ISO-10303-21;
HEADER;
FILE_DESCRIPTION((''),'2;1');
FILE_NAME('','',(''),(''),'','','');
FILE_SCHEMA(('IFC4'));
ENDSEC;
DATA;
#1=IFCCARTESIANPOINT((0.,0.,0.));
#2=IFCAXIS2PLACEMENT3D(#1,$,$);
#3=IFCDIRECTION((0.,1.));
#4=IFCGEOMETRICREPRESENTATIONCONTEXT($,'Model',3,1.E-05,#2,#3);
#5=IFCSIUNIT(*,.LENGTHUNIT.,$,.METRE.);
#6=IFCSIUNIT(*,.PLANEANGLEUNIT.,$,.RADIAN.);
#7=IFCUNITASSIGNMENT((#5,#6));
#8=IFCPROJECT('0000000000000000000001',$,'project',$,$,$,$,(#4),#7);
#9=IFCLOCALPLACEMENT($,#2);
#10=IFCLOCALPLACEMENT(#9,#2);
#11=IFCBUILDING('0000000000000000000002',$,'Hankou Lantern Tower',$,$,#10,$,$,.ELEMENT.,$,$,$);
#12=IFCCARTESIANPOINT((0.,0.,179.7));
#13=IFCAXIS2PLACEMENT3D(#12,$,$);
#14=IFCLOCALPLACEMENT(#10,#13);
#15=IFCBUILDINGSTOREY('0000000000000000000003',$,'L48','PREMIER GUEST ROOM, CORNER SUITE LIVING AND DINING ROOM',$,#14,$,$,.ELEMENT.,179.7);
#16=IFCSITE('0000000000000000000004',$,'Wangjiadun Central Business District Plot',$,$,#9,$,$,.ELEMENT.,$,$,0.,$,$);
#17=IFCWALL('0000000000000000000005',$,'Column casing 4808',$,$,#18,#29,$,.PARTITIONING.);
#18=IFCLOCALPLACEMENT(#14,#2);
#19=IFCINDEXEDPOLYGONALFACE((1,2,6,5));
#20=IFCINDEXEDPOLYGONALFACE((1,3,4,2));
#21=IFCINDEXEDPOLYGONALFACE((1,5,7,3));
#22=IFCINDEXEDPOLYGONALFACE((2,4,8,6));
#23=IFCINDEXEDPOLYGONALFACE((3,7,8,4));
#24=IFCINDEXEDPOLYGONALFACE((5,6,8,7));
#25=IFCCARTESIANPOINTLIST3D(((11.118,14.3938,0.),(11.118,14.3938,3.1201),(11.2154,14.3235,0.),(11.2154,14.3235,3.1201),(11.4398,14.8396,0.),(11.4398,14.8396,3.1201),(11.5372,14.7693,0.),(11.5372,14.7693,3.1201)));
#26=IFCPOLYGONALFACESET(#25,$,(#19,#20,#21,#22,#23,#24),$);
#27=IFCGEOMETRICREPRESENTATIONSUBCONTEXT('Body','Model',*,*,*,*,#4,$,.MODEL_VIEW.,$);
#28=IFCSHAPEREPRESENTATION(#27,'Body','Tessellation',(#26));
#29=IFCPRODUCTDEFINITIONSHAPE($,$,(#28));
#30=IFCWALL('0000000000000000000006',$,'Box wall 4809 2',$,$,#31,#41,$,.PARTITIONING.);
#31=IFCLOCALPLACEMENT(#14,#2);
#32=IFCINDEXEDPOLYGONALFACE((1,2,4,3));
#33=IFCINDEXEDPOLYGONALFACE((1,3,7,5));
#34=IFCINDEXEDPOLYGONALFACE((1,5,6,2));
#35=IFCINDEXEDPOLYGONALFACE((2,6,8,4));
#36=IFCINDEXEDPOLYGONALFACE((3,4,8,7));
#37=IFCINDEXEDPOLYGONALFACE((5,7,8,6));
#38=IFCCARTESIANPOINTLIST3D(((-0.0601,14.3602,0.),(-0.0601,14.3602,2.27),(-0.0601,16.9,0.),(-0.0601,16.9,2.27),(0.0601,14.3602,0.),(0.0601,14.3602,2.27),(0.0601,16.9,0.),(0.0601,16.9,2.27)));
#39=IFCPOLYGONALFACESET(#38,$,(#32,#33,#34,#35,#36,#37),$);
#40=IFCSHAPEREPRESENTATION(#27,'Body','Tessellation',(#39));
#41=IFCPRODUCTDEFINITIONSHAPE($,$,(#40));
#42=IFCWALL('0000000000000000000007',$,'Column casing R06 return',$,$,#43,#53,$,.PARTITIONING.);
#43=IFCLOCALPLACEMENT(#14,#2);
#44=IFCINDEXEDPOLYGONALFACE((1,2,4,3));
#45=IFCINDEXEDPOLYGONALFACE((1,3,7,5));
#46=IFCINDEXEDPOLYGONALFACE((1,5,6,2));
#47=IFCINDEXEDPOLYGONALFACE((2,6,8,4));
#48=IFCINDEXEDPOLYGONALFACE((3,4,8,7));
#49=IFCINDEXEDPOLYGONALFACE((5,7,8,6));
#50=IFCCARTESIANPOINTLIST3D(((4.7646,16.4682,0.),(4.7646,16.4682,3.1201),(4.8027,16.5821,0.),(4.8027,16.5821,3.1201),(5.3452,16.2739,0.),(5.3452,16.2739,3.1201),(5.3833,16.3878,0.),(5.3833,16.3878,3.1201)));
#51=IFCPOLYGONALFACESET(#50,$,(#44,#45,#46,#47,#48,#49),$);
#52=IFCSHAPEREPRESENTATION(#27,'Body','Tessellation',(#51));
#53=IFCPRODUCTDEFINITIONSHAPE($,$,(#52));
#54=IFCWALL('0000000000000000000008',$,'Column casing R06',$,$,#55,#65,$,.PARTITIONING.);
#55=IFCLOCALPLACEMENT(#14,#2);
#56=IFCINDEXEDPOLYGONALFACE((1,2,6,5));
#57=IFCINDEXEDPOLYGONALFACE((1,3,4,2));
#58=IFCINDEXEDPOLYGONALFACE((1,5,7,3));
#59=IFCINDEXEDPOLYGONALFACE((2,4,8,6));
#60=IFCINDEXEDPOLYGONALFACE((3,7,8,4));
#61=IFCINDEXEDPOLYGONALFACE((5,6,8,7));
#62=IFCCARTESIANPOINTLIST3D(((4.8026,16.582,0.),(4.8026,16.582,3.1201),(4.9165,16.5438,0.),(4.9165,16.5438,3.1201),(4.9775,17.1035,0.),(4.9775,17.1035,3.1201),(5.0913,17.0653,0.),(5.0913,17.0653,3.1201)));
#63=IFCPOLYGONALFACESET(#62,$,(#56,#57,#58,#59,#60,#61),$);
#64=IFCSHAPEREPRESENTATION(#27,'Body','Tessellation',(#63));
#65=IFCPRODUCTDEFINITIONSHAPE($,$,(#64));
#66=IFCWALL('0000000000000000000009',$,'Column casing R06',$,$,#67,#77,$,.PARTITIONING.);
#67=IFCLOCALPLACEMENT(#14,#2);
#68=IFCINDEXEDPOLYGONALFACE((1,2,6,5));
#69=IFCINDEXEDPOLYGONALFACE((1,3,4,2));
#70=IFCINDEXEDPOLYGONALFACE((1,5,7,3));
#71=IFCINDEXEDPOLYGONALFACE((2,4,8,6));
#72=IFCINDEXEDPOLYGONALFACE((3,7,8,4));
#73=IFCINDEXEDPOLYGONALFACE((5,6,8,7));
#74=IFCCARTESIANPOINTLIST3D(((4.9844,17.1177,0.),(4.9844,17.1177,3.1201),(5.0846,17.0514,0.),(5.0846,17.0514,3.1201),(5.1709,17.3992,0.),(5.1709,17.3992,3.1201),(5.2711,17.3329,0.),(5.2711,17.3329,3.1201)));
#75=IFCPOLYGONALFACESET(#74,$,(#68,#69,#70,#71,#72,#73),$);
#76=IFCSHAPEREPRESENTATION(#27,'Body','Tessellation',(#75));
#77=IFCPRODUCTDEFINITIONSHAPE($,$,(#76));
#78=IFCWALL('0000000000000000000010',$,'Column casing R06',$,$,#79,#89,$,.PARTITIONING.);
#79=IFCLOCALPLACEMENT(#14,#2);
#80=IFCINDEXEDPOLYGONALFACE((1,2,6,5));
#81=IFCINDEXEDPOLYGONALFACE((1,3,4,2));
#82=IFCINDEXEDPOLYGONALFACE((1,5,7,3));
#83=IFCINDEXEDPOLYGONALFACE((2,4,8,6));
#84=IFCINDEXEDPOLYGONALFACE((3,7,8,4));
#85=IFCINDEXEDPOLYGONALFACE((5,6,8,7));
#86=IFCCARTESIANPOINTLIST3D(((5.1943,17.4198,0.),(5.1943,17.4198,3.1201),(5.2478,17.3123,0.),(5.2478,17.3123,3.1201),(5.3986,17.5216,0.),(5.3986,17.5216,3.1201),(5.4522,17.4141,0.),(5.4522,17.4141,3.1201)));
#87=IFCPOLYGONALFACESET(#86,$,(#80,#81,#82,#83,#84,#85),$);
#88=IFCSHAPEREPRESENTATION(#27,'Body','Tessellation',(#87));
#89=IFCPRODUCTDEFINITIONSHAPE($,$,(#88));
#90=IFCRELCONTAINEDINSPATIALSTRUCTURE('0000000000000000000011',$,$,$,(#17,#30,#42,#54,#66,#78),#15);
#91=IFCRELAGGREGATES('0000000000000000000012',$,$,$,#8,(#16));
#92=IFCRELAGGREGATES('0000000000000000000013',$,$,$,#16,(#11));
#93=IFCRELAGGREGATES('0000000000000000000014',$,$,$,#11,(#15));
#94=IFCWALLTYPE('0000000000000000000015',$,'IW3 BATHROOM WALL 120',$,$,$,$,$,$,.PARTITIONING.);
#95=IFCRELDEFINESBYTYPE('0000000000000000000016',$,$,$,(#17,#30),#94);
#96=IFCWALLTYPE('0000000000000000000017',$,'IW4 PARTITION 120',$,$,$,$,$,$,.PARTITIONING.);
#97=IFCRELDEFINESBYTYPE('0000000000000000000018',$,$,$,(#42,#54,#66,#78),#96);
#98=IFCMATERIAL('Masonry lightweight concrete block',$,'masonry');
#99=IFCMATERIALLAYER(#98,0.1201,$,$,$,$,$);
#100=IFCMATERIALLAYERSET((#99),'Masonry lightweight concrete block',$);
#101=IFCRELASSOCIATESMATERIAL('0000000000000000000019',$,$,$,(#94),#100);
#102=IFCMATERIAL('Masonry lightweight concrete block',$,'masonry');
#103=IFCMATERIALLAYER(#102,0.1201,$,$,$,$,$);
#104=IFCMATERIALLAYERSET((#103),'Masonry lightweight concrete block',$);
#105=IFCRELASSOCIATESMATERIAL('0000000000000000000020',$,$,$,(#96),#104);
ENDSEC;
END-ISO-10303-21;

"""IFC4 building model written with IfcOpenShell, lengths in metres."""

from ifc_helpers import new_model, si_unit, direction, frame, frame_2d, origin, place, context, subcontext, project, spatial, rectangle, extrude, material, layer, layer_set, type_object, element, save


model = new_model("IFC4")

# Units and contexts
model_context = context("Model", 3, precision=1e-05, world=origin(), true_north=direction((0.0, 1.0)))
body_context = subcontext(model_context, "Body", "Model", "MODEL_VIEW")
ifc_project = project(units=[si_unit("LENGTHUNIT", "METRE"), si_unit("PLANEANGLEUNIT", "RADIAN")], contexts=[model_context])

# Site, building, storey
site_placement = place(None, origin())
site = spatial("IfcSite", under=ifc_project, at=site_placement, Name="Wangjiadun Central Business District Plot", CompositionType="ELEMENT", RefElevation=0.0)
building_placement = place(site_placement, origin())
building = spatial("IfcBuilding", under=site, at=building_placement, Name="Hankou Lantern Tower", CompositionType="ELEMENT")
storey_placement = place(building_placement, frame((0.0, 0.0, 179.7)))
storey = spatial("IfcBuildingStorey", under=building, at=storey_placement, Name="L48", Description="PREMIER GUEST ROOM, CORNER SUITE LIVING AND DINING ROOM", CompositionType="ELEMENT", Elevation=179.7)

# Walls
ifc_material_1 = material(Name="Masonry lightweight concrete block", Category="masonry")
ifc_layer_1 = layer(ifc_material_1, 0.1201)
ifc_layer_set_1 = layer_set([ifc_layer_1], Name="Masonry lightweight concrete block")
wall_type_1 = type_object("IfcWallType", Name="IW3 BATHROOM WALL 120", PredefinedType="PARTITIONING", material=ifc_layer_set_1)
wall_1_placement = place(storey_placement, frame((11.1667, 14.3586, 0.0), z_axis=(0.0, 0.0, 1.0), x_axis=(0.585264, 0.810843, 0.0)))
element("IfcWall", 1, at=wall_1_placement, inside=storey, type_object=wall_type_1, Name="Column casing 4808", PredefinedType="PARTITIONING", context=body_context, shape_type="SweptSolid", body=[
    extrude(rectangle(XDim=0.5498, YDim=0.1201, at=frame_2d((0.2749, 0.0))), origin(), (0.0, 0.0, 1.0), 3.1201),
])
wall_2_placement = place(storey_placement, frame((0.0, 14.3601, 0.0), z_axis=(0.0, 0.0, 1.0), x_axis=(0.0, 1.0, 0.0)))
element("IfcWall", 2, at=wall_2_placement, inside=storey, type_object=wall_type_1, Name="Box wall 4809 2", PredefinedType="PARTITIONING", context=body_context, shape_type="SweptSolid", body=[
    extrude(rectangle(XDim=2.5398, YDim=0.1201, at=frame_2d((1.27, 0.0))), origin(), (0.0, 0.0, 1.0), 2.27),
])
ifc_material_2 = material(Name="Masonry lightweight concrete block", Category="masonry")
ifc_layer_2 = layer(ifc_material_2, 0.1201)
ifc_layer_set_2 = layer_set([ifc_layer_2], Name="Masonry lightweight concrete block")
wall_type_2 = type_object("IfcWallType", Name="IW4 PARTITION 120", PredefinedType="PARTITIONING", material=ifc_layer_set_2)
wall_3_placement = place(storey_placement, frame((5.3643, 16.3308, 0.0), z_axis=(0.0, 0.0, 1.0), x_axis=(-0.948284, 0.317424, 0.0)))
element("IfcWall", 3, at=wall_3_placement, inside=storey, type_object=wall_type_2, Name="Column casing R06 return", PredefinedType="PARTITIONING", context=body_context, shape_type="SweptSolid", body=[
    extrude(rectangle(XDim=0.6123, YDim=0.1201, at=frame_2d((0.3062, 0.0))), origin(), (0.0, 0.0, 1.0), 3.1201),
])
wall_4_placement = place(storey_placement, frame((4.8596, 16.563, 0.0), z_axis=(0.0, 0.0, 1.0), x_axis=(0.317825, 0.948149, 0.0)))
element("IfcWall", 4, at=wall_4_placement, inside=storey, type_object=wall_type_2, Name="Column casing R06", PredefinedType="PARTITIONING", context=body_context, shape_type="SweptSolid", body=[
    extrude(rectangle(XDim=0.55, YDim=0.1201, at=frame_2d((0.2749, 0.0))), origin(), (0.0, 0.0, 1.0), 3.1201),
])
wall_5_placement = place(storey_placement, frame((5.0344, 17.0845, 0.0), z_axis=(0.0, 0.0, 1.0), x_axis=(0.552362, 0.833604, 0.0)))
element("IfcWall", 5, at=wall_5_placement, inside=storey, type_object=wall_type_2, Name="Column casing R06", PredefinedType="PARTITIONING", context=body_context, shape_type="SweptSolid", body=[
    extrude(rectangle(XDim=0.3376, YDim=0.1201, at=frame_2d((0.1689, 0.0))), origin(), (0.0, 0.0, 1.0), 3.1201),
])
wall_6_placement = place(storey_placement, frame((5.2209, 17.366, 0.0), z_axis=(0.0, 0.0, 1.0), x_axis=(0.895068, 0.44593, 0.0)))
element("IfcWall", 6, at=wall_6_placement, inside=storey, type_object=wall_type_2, Name="Column casing R06", PredefinedType="PARTITIONING", context=body_context, shape_type="SweptSolid", body=[
    extrude(rectangle(XDim=0.2283, YDim=0.1201, at=frame_2d((0.1143, 0.0))), origin(), (0.0, 0.0, 1.0), 3.1201),
])

save(model, "model.ifc")
